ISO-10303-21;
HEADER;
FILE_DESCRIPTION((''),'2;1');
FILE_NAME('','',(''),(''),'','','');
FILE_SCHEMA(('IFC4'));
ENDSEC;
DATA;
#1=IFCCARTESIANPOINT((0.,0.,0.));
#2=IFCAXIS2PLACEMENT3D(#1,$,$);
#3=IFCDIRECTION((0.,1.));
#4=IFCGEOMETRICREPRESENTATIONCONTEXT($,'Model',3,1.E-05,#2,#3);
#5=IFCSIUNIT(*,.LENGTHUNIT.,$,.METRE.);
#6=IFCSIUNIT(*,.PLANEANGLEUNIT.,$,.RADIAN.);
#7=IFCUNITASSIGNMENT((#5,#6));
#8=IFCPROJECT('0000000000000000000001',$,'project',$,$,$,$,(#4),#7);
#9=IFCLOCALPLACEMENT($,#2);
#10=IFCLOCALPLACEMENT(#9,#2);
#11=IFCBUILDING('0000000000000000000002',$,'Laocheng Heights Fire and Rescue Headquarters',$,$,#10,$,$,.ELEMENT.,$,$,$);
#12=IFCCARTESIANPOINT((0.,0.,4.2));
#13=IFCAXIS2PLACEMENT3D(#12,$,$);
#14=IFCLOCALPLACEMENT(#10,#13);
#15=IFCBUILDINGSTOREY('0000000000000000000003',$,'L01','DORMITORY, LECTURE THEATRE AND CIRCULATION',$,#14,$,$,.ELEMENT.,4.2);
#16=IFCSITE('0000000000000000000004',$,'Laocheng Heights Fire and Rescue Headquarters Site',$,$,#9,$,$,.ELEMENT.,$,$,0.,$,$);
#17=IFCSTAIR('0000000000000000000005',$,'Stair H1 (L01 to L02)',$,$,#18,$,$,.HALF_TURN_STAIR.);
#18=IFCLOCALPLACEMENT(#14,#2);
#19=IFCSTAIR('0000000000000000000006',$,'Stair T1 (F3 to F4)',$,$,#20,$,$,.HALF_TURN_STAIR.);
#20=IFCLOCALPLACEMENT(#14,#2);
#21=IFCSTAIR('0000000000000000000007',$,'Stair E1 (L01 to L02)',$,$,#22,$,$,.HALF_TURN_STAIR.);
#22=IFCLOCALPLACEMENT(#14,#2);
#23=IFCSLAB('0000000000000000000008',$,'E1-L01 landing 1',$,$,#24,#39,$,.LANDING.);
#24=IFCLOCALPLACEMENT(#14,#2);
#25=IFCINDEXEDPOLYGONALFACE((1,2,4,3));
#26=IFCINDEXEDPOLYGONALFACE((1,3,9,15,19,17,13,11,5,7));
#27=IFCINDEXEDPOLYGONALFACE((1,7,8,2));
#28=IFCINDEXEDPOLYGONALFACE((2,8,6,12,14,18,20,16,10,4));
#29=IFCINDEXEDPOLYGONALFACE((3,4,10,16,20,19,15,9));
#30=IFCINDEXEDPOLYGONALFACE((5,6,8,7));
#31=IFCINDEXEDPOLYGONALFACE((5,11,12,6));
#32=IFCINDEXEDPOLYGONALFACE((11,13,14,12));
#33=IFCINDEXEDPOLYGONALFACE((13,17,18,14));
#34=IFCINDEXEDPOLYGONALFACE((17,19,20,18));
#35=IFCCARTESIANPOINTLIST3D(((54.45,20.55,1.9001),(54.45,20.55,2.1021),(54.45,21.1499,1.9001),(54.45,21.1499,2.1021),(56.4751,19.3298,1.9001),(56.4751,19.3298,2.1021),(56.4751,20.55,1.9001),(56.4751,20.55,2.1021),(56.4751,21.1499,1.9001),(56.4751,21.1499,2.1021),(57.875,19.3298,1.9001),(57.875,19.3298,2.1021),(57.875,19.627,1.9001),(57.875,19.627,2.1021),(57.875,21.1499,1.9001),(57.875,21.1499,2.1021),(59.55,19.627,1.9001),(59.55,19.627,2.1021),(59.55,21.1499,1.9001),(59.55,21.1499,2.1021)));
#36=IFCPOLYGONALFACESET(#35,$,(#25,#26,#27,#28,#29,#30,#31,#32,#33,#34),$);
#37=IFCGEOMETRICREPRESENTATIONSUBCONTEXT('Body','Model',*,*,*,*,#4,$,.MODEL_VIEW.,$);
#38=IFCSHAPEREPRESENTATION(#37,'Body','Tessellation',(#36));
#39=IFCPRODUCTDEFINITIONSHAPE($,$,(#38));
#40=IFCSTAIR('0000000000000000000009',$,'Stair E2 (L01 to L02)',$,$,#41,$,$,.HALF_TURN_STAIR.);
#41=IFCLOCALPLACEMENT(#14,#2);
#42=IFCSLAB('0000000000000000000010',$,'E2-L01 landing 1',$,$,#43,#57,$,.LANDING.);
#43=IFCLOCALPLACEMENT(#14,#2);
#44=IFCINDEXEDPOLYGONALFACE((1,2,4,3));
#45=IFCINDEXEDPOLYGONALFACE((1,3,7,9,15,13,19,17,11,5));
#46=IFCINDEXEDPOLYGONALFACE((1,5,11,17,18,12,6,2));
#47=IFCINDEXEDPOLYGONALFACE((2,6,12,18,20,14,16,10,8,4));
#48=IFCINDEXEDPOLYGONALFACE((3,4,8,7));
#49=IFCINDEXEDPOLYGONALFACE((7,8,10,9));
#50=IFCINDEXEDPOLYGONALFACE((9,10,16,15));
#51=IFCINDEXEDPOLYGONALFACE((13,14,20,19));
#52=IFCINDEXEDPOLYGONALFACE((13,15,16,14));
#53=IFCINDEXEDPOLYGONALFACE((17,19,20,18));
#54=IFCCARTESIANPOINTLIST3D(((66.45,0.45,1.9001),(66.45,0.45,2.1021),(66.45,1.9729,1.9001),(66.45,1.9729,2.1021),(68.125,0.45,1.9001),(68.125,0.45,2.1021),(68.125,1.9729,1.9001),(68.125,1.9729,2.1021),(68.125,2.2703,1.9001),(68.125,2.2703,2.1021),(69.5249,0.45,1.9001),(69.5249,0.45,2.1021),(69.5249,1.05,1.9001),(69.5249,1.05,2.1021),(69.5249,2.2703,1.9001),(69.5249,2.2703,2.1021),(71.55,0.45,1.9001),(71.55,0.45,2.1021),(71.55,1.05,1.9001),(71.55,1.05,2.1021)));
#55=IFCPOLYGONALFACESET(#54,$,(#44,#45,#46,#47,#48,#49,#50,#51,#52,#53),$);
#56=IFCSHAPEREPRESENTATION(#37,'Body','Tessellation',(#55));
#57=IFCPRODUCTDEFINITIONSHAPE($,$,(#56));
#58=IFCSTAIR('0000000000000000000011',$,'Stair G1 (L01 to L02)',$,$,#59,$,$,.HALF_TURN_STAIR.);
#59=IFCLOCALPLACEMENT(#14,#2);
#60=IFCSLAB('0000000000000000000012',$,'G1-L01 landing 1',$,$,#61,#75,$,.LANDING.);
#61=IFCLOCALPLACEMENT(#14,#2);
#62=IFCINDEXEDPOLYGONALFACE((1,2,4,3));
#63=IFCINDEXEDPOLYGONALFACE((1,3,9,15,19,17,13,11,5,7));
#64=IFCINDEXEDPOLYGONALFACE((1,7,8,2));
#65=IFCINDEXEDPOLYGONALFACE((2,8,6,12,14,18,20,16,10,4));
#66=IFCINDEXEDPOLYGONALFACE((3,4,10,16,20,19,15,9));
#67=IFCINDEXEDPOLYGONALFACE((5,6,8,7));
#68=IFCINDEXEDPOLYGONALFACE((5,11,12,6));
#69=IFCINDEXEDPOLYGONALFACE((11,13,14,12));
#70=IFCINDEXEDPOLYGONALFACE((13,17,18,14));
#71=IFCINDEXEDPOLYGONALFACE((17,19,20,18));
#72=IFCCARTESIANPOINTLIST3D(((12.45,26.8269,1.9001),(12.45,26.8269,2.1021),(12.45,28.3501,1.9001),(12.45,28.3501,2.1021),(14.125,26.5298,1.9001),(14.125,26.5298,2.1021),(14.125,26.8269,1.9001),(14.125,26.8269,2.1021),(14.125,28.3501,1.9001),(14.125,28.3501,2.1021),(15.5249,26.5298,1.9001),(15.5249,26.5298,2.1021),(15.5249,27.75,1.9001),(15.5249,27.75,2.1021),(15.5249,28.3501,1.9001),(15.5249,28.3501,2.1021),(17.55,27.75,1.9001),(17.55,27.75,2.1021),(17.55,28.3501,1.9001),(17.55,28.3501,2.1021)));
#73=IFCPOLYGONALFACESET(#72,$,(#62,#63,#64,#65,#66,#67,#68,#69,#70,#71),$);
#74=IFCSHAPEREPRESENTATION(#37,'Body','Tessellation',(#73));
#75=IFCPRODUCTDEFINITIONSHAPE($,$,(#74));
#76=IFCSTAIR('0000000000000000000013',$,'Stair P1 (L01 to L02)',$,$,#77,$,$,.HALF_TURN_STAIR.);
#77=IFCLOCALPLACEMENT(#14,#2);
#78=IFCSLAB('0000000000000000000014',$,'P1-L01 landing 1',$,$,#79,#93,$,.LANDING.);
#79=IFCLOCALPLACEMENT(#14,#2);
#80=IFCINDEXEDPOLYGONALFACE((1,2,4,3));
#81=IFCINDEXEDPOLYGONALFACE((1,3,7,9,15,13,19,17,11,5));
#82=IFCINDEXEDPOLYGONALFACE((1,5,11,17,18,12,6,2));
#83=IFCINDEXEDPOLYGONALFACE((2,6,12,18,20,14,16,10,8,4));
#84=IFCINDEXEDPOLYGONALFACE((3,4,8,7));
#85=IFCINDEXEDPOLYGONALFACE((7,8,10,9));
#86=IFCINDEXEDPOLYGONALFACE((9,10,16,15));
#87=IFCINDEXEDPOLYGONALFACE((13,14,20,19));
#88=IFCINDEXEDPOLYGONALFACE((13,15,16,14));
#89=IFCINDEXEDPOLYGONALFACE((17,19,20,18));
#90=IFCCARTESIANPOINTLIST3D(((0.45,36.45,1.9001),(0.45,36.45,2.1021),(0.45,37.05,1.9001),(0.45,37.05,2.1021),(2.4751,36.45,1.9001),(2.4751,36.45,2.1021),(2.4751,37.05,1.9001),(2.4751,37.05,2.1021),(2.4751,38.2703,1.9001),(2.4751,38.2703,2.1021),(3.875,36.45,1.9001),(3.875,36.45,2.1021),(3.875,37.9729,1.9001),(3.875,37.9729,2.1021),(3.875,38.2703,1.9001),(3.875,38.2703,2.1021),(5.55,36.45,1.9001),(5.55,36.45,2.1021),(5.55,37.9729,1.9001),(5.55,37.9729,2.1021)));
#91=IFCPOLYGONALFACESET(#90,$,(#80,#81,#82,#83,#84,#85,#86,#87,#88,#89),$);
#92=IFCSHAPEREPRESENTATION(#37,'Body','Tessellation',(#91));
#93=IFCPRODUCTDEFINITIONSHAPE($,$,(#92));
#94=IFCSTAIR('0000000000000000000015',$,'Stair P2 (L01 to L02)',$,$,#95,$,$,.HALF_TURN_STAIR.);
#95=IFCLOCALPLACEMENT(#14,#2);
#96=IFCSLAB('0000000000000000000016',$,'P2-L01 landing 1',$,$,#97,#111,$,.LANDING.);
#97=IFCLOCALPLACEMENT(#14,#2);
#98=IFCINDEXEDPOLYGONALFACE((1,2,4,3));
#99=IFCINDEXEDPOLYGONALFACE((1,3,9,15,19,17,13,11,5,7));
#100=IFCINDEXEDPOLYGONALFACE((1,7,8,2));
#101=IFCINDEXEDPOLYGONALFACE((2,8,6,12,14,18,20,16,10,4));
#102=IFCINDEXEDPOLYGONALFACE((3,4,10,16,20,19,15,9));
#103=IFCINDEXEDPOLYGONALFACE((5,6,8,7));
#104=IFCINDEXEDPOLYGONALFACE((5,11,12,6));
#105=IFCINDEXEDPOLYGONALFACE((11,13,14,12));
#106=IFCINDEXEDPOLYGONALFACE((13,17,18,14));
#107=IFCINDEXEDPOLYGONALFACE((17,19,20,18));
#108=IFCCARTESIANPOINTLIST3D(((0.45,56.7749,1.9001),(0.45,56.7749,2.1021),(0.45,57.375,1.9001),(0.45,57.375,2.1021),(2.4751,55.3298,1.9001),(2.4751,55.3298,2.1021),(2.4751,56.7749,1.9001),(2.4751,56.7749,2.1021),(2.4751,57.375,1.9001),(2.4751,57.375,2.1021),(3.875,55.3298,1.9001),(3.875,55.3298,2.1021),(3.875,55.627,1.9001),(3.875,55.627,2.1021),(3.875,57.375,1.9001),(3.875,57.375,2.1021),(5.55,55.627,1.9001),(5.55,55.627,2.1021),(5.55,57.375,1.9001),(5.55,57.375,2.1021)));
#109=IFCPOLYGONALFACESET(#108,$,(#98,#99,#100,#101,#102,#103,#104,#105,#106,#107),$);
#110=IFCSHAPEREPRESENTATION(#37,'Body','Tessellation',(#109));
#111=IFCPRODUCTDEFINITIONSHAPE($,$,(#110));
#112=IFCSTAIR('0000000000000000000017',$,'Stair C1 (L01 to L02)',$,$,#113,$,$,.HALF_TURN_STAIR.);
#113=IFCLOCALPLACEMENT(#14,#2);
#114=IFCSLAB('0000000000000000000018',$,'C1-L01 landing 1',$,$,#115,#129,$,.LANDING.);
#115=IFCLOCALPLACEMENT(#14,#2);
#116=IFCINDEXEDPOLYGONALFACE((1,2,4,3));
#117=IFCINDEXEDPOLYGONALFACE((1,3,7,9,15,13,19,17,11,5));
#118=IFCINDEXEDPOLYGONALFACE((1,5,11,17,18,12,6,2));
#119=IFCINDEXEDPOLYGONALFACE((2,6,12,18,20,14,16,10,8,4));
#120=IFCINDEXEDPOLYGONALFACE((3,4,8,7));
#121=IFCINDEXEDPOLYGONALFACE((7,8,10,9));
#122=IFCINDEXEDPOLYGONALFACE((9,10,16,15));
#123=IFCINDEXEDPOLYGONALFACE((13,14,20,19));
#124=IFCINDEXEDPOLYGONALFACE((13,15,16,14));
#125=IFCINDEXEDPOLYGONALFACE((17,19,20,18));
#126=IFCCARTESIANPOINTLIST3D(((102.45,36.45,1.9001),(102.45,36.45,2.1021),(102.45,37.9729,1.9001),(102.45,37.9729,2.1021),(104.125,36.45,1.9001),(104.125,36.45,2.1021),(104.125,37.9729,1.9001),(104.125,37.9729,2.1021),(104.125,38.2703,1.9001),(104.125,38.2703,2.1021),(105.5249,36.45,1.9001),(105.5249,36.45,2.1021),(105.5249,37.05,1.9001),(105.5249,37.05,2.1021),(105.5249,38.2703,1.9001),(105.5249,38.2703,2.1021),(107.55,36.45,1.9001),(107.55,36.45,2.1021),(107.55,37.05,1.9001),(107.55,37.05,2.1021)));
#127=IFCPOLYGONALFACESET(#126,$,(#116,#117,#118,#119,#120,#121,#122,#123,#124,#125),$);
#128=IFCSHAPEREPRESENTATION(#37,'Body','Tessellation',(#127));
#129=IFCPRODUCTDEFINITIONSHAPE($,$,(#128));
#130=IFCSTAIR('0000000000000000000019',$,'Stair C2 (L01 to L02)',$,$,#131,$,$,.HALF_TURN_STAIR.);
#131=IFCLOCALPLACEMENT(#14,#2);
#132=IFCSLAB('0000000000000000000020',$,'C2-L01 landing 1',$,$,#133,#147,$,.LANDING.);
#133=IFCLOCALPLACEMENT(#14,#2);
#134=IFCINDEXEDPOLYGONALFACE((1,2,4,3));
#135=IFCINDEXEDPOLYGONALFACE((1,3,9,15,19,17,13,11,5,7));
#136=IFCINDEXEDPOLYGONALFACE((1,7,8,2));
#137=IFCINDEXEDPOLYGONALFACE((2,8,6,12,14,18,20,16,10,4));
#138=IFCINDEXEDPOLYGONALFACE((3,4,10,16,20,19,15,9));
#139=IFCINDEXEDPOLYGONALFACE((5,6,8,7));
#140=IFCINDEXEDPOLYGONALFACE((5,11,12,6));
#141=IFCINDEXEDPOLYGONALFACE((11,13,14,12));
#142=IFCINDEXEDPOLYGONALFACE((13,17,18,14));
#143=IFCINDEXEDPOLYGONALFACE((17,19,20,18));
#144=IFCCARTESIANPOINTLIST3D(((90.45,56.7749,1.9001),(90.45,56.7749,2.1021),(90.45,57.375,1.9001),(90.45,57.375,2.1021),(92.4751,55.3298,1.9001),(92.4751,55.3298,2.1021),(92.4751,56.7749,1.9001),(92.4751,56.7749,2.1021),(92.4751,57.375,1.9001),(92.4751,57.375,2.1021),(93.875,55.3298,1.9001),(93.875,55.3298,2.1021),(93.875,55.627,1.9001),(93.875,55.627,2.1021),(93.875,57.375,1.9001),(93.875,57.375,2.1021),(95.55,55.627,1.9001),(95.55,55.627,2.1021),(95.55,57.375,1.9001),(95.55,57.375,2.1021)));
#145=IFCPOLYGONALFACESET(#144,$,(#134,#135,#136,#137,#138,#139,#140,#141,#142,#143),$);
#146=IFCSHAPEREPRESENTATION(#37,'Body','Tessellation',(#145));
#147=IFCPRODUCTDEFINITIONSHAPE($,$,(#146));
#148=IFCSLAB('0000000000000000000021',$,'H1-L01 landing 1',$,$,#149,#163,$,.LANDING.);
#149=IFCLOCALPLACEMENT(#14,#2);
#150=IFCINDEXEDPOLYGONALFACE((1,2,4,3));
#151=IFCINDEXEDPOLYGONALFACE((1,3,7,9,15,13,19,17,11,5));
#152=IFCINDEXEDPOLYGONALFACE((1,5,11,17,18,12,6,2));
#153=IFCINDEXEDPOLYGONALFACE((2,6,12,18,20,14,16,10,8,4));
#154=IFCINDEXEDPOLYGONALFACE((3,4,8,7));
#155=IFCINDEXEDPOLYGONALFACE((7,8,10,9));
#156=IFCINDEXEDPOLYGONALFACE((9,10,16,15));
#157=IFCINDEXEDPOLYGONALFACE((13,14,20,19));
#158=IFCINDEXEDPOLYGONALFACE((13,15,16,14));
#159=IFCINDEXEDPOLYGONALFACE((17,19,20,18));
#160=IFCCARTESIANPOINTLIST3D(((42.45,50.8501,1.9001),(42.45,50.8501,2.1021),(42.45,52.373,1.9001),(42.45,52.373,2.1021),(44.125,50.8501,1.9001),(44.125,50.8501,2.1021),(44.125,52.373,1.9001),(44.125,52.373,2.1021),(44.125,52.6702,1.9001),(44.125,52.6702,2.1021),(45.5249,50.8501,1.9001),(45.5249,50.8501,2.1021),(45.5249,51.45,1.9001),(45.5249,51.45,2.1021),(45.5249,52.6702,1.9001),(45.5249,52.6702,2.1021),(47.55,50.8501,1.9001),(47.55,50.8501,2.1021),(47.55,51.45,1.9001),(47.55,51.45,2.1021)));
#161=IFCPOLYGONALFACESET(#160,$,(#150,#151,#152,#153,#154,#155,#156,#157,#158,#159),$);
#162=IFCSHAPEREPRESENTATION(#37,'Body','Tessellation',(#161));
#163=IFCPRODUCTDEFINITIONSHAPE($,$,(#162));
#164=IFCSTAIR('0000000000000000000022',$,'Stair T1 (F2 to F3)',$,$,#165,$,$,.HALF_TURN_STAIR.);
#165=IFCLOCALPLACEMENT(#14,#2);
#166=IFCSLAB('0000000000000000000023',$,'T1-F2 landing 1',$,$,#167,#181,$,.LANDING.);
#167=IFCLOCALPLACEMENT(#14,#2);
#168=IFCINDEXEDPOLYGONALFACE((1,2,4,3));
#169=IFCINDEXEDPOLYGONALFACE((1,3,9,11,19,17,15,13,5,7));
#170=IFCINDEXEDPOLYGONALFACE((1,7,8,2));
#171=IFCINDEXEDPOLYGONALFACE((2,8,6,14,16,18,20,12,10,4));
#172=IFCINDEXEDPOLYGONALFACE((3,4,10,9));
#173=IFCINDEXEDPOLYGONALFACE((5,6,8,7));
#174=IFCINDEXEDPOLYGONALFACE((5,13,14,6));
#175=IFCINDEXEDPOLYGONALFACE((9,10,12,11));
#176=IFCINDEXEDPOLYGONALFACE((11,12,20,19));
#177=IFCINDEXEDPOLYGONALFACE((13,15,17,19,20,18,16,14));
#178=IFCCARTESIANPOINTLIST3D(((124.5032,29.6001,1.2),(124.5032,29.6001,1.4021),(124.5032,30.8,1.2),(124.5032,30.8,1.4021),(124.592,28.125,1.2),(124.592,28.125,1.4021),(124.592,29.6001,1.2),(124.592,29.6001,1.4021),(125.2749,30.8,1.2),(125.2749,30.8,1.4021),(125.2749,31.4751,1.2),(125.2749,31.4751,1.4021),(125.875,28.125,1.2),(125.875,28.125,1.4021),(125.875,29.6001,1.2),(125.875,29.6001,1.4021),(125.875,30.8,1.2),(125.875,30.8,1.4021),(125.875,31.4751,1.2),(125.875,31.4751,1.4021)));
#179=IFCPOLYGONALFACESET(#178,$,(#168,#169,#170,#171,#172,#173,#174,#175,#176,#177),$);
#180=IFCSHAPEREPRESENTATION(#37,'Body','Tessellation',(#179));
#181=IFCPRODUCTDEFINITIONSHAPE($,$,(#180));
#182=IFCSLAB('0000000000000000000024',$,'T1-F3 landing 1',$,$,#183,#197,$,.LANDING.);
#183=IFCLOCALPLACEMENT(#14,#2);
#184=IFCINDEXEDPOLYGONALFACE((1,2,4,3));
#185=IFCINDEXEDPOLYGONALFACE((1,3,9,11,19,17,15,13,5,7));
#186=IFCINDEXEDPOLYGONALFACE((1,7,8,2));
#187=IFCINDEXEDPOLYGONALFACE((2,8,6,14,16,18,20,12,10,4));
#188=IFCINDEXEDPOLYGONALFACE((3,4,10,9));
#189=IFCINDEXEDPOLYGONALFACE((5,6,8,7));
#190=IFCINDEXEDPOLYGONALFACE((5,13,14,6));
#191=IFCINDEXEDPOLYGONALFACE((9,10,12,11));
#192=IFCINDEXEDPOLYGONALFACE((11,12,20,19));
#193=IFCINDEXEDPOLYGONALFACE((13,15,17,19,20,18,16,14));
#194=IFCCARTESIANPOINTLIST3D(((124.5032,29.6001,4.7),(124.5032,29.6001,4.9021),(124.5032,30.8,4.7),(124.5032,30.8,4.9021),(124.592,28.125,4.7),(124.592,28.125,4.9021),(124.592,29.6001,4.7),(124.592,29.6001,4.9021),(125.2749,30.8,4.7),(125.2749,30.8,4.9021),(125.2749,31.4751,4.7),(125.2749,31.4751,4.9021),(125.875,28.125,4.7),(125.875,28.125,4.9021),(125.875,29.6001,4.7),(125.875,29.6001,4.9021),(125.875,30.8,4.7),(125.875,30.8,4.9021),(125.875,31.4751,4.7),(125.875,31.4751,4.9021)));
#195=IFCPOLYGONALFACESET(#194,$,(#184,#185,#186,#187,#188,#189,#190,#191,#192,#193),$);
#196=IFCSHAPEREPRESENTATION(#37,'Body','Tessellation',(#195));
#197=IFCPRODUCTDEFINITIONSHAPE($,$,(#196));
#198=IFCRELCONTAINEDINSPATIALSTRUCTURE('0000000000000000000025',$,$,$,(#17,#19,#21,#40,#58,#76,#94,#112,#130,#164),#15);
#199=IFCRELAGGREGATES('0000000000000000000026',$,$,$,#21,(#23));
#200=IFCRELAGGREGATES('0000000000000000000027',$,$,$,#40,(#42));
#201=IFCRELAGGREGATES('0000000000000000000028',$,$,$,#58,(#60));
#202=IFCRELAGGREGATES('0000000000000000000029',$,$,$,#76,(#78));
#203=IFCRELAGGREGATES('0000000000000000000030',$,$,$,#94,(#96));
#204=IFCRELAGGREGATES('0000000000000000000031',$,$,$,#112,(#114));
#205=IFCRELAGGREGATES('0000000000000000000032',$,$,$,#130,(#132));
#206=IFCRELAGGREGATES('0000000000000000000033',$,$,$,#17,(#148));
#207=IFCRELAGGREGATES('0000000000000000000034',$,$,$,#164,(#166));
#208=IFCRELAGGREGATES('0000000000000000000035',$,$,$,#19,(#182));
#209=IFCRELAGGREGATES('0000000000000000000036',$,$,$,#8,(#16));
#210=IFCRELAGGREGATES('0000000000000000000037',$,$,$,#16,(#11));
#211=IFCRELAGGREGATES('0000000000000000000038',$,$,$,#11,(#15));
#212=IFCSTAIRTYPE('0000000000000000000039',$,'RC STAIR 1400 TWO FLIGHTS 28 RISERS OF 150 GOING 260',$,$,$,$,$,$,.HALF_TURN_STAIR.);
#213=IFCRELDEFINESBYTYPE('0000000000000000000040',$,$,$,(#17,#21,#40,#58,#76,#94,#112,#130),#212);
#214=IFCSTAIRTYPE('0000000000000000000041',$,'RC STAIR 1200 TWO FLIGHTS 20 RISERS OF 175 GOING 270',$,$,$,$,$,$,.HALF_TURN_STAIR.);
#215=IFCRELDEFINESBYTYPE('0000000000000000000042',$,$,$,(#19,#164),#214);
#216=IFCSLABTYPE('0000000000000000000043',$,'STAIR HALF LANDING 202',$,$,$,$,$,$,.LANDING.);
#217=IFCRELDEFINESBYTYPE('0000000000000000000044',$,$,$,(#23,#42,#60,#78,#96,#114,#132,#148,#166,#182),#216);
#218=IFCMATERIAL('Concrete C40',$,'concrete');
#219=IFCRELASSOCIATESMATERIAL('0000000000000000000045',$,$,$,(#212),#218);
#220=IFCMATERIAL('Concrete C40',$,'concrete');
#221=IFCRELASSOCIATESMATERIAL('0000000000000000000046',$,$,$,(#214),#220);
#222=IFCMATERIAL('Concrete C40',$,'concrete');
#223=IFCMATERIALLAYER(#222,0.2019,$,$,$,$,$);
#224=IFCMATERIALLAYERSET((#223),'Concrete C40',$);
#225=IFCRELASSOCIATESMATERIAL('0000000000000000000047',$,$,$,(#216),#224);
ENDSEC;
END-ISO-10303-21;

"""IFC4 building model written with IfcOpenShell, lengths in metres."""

from ifc_helpers import new_model, si_unit, direction, frame, origin, place, context, subcontext, project, spatial, polyline, outline, extrude, material, layer, layer_set, type_object, element, aggregate, save


model = new_model("IFC4")

# Units and contexts
model_context = context("Model", 3, precision=1e-05, world=origin(), true_north=direction((0.0, 1.0)))
body_context = subcontext(model_context, "Body", "Model", "MODEL_VIEW")
ifc_project = project(units=[si_unit("LENGTHUNIT", "METRE"), si_unit("PLANEANGLEUNIT", "RADIAN")], contexts=[model_context])

# Site, building, storey
site_placement = place(None, origin())
site = spatial("IfcSite", under=ifc_project, at=site_placement, Name="Laocheng Heights Fire and Rescue Headquarters Site", CompositionType="ELEMENT", RefElevation=0.0)
building_placement = place(site_placement, origin())
building = spatial("IfcBuilding", under=site, at=building_placement, Name="Laocheng Heights Fire and Rescue Headquarters", CompositionType="ELEMENT")
storey_placement = place(building_placement, frame((0.0, 0.0, 4.2)))
storey = spatial("IfcBuildingStorey", under=building, at=storey_placement, Name="L01", Description="DORMITORY, LECTURE THEATRE AND CIRCULATION", CompositionType="ELEMENT", Elevation=4.2)

# Stairs, slabs
ifc_material_1 = material(Name="Concrete C40", Category="concrete")
stair_type_1 = type_object("IfcStairType", Name="RC STAIR 1400 TWO FLIGHTS 28 RISERS OF 150 GOING 260", PredefinedType="HALF_TURN_STAIR", material=ifc_material_1)
stair_1_placement = place(storey_placement, origin())
stair_1 = element("IfcStair", 1, at=stair_1_placement, inside=storey, type_object=stair_type_1, Name="Stair H1 (L01 to L02)", PredefinedType="HALF_TURN_STAIR")
ifc_material_2 = material(Name="Concrete C40", Category="concrete")
stair_type_2 = type_object("IfcStairType", Name="RC STAIR 1200 TWO FLIGHTS 20 RISERS OF 175 GOING 270", PredefinedType="HALF_TURN_STAIR", material=ifc_material_2)
stair_2_placement = place(storey_placement, origin())
stair_2 = element("IfcStair", 2, at=stair_2_placement, inside=storey, type_object=stair_type_2, Name="Stair T1 (F3 to F4)", PredefinedType="HALF_TURN_STAIR")
ifc_material_3 = material(Name="Concrete C40", Category="concrete")
ifc_layer_1 = layer(ifc_material_3, 0.2019)
ifc_layer_set_1 = layer_set([ifc_layer_1], Name="Concrete C40")
slab_type_1 = type_object("IfcSlabType", Name="STAIR HALF LANDING 202", PredefinedType="LANDING", material=ifc_layer_set_1)
stair_3_placement = place(storey_placement, origin())
stair_3 = element("IfcStair", 3, at=stair_3_placement, inside=storey, type_object=stair_type_1, Name="Stair E1 (L01 to L02)", PredefinedType="HALF_TURN_STAIR")
slab_1_placement = place(storey_placement, frame((0.0, 0.0, 1.9001)))
slab_1 = element("IfcSlab", 4, at=slab_1_placement, type_object=slab_type_1, Name="E1-L01 landing 1", PredefinedType="LANDING", context=body_context, shape_type="SweptSolid", body=[
    extrude(outline(polyline([(54.45, 20.55), (54.45, 21.1499), (56.4751, 21.1499), (57.875, 21.1499), (59.55, 21.1499), (59.55, 19.627), (57.875, 19.627), (57.875, 19.3298), (56.4751, 19.3298), (56.4751, 20.55), (54.45, 20.55)])), origin(), (0.0, 0.0, 1.0), 0.2019),
])
aggregate(stair_3, [slab_1])
stair_4_placement = place(storey_placement, origin())
stair_4 = element("IfcStair", 5, at=stair_4_placement, inside=storey, type_object=stair_type_1, Name="Stair E2 (L01 to L02)", PredefinedType="HALF_TURN_STAIR")
slab_2_placement = place(storey_placement, frame((0.0, 0.0, 1.9001)))
slab_2 = element("IfcSlab", 6, at=slab_2_placement, type_object=slab_type_1, Name="E2-L01 landing 1", PredefinedType="LANDING", context=body_context, shape_type="SweptSolid", body=[
    extrude(outline(polyline([(71.55, 1.05), (71.55, 0.45), (69.5249, 0.45), (68.125, 0.45), (66.45, 0.45), (66.45, 1.9729), (68.125, 1.9729), (68.125, 2.2703), (69.5249, 2.2703), (69.5249, 1.05), (71.55, 1.05)])), origin(), (0.0, 0.0, 1.0), 0.2019),
])
aggregate(stair_4, [slab_2])
stair_5_placement = place(storey_placement, origin())
stair_5 = element("IfcStair", 7, at=stair_5_placement, inside=storey, type_object=stair_type_1, Name="Stair G1 (L01 to L02)", PredefinedType="HALF_TURN_STAIR")
slab_3_placement = place(storey_placement, frame((0.0, 0.0, 1.9001)))
slab_3 = element("IfcSlab", 8, at=slab_3_placement, type_object=slab_type_1, Name="G1-L01 landing 1", PredefinedType="LANDING", context=body_context, shape_type="SweptSolid", body=[
    extrude(outline(polyline([(17.55, 27.75), (17.55, 28.3501), (15.5249, 28.3501), (14.125, 28.3501), (12.45, 28.3501), (12.45, 26.8269), (14.125, 26.8269), (14.125, 26.5298), (15.5249, 26.5298), (15.5249, 27.75), (17.55, 27.75)])), origin(), (0.0, 0.0, 1.0), 0.2019),
])
aggregate(stair_5, [slab_3])
stair_6_placement = place(storey_placement, origin())
stair_6 = element("IfcStair", 9, at=stair_6_placement, inside=storey, type_object=stair_type_1, Name="Stair P1 (L01 to L02)", PredefinedType="HALF_TURN_STAIR")
slab_4_placement = place(storey_placement, frame((0.0, 0.0, 1.9001)))
slab_4 = element("IfcSlab", 10, at=slab_4_placement, type_object=slab_type_1, Name="P1-L01 landing 1", PredefinedType="LANDING", context=body_context, shape_type="SweptSolid", body=[
    extrude(outline(polyline([(0.45, 37.05), (0.45, 36.45), (2.4751, 36.45), (3.875, 36.45), (5.55, 36.45), (5.55, 37.9729), (3.875, 37.9729), (3.875, 38.2703), (2.4751, 38.2703), (2.4751, 37.05), (0.45, 37.05)])), origin(), (0.0, 0.0, 1.0), 0.2019),
])
aggregate(stair_6, [slab_4])
stair_7_placement = place(storey_placement, origin())
stair_7 = element("IfcStair", 11, at=stair_7_placement, inside=storey, type_object=stair_type_1, Name="Stair P2 (L01 to L02)", PredefinedType="HALF_TURN_STAIR")
slab_5_placement = place(storey_placement, frame((0.0, 0.0, 1.9001)))
slab_5 = element("IfcSlab", 12, at=slab_5_placement, type_object=slab_type_1, Name="P2-L01 landing 1", PredefinedType="LANDING", context=body_context, shape_type="SweptSolid", body=[
    extrude(outline(polyline([(0.45, 56.7749), (0.45, 57.375), (2.4751, 57.375), (3.875, 57.375), (5.55, 57.375), (5.55, 55.627), (3.875, 55.627), (3.875, 55.3298), (2.4751, 55.3298), (2.4751, 56.7749), (0.45, 56.7749)])), origin(), (0.0, 0.0, 1.0), 0.2019),
])
aggregate(stair_7, [slab_5])
stair_8_placement = place(storey_placement, origin())
stair_8 = element("IfcStair", 13, at=stair_8_placement, inside=storey, type_object=stair_type_1, Name="Stair C1 (L01 to L02)", PredefinedType="HALF_TURN_STAIR")
slab_6_placement = place(storey_placement, frame((0.0, 0.0, 1.9001)))
slab_6 = element("IfcSlab", 14, at=slab_6_placement, type_object=slab_type_1, Name="C1-L01 landing 1", PredefinedType="LANDING", context=body_context, shape_type="SweptSolid", body=[
    extrude(outline(polyline([(107.55, 37.05), (107.55, 36.45), (105.5249, 36.45), (104.125, 36.45), (102.45, 36.45), (102.45, 37.9729), (104.125, 37.9729), (104.125, 38.2703), (105.5249, 38.2703), (105.5249, 37.05), (107.55, 37.05)])), origin(), (0.0, 0.0, 1.0), 0.2019),
])
aggregate(stair_8, [slab_6])
stair_9_placement = place(storey_placement, origin())
stair_9 = element("IfcStair", 15, at=stair_9_placement, inside=storey, type_object=stair_type_1, Name="Stair C2 (L01 to L02)", PredefinedType="HALF_TURN_STAIR")
slab_7_placement = place(storey_placement, frame((0.0, 0.0, 1.9001)))
slab_7 = element("IfcSlab", 16, at=slab_7_placement, type_object=slab_type_1, Name="C2-L01 landing 1", PredefinedType="LANDING", context=body_context, shape_type="SweptSolid", body=[
    extrude(outline(polyline([(90.45, 56.7749), (90.45, 57.375), (92.4751, 57.375), (93.875, 57.375), (95.55, 57.375), (95.55, 55.627), (93.875, 55.627), (93.875, 55.3298), (92.4751, 55.3298), (92.4751, 56.7749), (90.45, 56.7749)])), origin(), (0.0, 0.0, 1.0), 0.2019),
])
aggregate(stair_9, [slab_7])

# Slab
slab_8_placement = place(storey_placement, frame((0.0, 0.0, 1.9001)))
slab_8 = element("IfcSlab", 17, at=slab_8_placement, type_object=slab_type_1, Name="H1-L01 landing 1", PredefinedType="LANDING", context=body_context, shape_type="SweptSolid", body=[
    extrude(outline(polyline([(47.55, 51.45), (47.55, 50.8501), (45.5249, 50.8501), (44.125, 50.8501), (42.45, 50.8501), (42.45, 52.373), (44.125, 52.373), (44.125, 52.6702), (45.5249, 52.6702), (45.5249, 51.45), (47.55, 51.45)])), origin(), (0.0, 0.0, 1.0), 0.2019),
])
aggregate(stair_1, [slab_8])

# Stair, slab
stair_10_placement = place(storey_placement, origin())
stair_10 = element("IfcStair", 18, at=stair_10_placement, inside=storey, type_object=stair_type_2, Name="Stair T1 (F2 to F3)", PredefinedType="HALF_TURN_STAIR")
slab_9_placement = place(storey_placement, frame((0.0, 0.0, 1.2)))
slab_9 = element("IfcSlab", 19, at=slab_9_placement, type_object=slab_type_1, Name="T1-F2 landing 1", PredefinedType="LANDING", context=body_context, shape_type="SweptSolid", body=[
    extrude(outline(polyline([(125.2749, 31.4751), (125.875, 31.4751), (125.875, 30.8), (125.875, 29.6001), (125.875, 28.125), (124.592, 28.125), (124.592, 29.6001), (124.5032, 29.6001), (124.5032, 30.8), (125.2749, 30.8), (125.2749, 31.4751)])), origin(), (0.0, 0.0, 1.0), 0.2021),
])
aggregate(stair_10, [slab_9])

# Slab
slab_10_placement = place(storey_placement, frame((0.0, 0.0, 4.7)))
slab_10 = element("IfcSlab", 20, at=slab_10_placement, type_object=slab_type_1, Name="T1-F3 landing 1", PredefinedType="LANDING", context=body_context, shape_type="SweptSolid", body=[
    extrude(outline(polyline([(125.2749, 31.4751), (125.875, 31.4751), (125.875, 30.8), (125.875, 29.6001), (125.875, 28.125), (124.592, 28.125), (124.592, 29.6001), (124.5032, 29.6001), (124.5032, 30.8), (125.2749, 30.8), (125.2749, 31.4751)])), origin(), (0.0, 0.0, 1.0), 0.2021),
])
aggregate(stair_2, [slab_10])

save(model, "model.ifc")
